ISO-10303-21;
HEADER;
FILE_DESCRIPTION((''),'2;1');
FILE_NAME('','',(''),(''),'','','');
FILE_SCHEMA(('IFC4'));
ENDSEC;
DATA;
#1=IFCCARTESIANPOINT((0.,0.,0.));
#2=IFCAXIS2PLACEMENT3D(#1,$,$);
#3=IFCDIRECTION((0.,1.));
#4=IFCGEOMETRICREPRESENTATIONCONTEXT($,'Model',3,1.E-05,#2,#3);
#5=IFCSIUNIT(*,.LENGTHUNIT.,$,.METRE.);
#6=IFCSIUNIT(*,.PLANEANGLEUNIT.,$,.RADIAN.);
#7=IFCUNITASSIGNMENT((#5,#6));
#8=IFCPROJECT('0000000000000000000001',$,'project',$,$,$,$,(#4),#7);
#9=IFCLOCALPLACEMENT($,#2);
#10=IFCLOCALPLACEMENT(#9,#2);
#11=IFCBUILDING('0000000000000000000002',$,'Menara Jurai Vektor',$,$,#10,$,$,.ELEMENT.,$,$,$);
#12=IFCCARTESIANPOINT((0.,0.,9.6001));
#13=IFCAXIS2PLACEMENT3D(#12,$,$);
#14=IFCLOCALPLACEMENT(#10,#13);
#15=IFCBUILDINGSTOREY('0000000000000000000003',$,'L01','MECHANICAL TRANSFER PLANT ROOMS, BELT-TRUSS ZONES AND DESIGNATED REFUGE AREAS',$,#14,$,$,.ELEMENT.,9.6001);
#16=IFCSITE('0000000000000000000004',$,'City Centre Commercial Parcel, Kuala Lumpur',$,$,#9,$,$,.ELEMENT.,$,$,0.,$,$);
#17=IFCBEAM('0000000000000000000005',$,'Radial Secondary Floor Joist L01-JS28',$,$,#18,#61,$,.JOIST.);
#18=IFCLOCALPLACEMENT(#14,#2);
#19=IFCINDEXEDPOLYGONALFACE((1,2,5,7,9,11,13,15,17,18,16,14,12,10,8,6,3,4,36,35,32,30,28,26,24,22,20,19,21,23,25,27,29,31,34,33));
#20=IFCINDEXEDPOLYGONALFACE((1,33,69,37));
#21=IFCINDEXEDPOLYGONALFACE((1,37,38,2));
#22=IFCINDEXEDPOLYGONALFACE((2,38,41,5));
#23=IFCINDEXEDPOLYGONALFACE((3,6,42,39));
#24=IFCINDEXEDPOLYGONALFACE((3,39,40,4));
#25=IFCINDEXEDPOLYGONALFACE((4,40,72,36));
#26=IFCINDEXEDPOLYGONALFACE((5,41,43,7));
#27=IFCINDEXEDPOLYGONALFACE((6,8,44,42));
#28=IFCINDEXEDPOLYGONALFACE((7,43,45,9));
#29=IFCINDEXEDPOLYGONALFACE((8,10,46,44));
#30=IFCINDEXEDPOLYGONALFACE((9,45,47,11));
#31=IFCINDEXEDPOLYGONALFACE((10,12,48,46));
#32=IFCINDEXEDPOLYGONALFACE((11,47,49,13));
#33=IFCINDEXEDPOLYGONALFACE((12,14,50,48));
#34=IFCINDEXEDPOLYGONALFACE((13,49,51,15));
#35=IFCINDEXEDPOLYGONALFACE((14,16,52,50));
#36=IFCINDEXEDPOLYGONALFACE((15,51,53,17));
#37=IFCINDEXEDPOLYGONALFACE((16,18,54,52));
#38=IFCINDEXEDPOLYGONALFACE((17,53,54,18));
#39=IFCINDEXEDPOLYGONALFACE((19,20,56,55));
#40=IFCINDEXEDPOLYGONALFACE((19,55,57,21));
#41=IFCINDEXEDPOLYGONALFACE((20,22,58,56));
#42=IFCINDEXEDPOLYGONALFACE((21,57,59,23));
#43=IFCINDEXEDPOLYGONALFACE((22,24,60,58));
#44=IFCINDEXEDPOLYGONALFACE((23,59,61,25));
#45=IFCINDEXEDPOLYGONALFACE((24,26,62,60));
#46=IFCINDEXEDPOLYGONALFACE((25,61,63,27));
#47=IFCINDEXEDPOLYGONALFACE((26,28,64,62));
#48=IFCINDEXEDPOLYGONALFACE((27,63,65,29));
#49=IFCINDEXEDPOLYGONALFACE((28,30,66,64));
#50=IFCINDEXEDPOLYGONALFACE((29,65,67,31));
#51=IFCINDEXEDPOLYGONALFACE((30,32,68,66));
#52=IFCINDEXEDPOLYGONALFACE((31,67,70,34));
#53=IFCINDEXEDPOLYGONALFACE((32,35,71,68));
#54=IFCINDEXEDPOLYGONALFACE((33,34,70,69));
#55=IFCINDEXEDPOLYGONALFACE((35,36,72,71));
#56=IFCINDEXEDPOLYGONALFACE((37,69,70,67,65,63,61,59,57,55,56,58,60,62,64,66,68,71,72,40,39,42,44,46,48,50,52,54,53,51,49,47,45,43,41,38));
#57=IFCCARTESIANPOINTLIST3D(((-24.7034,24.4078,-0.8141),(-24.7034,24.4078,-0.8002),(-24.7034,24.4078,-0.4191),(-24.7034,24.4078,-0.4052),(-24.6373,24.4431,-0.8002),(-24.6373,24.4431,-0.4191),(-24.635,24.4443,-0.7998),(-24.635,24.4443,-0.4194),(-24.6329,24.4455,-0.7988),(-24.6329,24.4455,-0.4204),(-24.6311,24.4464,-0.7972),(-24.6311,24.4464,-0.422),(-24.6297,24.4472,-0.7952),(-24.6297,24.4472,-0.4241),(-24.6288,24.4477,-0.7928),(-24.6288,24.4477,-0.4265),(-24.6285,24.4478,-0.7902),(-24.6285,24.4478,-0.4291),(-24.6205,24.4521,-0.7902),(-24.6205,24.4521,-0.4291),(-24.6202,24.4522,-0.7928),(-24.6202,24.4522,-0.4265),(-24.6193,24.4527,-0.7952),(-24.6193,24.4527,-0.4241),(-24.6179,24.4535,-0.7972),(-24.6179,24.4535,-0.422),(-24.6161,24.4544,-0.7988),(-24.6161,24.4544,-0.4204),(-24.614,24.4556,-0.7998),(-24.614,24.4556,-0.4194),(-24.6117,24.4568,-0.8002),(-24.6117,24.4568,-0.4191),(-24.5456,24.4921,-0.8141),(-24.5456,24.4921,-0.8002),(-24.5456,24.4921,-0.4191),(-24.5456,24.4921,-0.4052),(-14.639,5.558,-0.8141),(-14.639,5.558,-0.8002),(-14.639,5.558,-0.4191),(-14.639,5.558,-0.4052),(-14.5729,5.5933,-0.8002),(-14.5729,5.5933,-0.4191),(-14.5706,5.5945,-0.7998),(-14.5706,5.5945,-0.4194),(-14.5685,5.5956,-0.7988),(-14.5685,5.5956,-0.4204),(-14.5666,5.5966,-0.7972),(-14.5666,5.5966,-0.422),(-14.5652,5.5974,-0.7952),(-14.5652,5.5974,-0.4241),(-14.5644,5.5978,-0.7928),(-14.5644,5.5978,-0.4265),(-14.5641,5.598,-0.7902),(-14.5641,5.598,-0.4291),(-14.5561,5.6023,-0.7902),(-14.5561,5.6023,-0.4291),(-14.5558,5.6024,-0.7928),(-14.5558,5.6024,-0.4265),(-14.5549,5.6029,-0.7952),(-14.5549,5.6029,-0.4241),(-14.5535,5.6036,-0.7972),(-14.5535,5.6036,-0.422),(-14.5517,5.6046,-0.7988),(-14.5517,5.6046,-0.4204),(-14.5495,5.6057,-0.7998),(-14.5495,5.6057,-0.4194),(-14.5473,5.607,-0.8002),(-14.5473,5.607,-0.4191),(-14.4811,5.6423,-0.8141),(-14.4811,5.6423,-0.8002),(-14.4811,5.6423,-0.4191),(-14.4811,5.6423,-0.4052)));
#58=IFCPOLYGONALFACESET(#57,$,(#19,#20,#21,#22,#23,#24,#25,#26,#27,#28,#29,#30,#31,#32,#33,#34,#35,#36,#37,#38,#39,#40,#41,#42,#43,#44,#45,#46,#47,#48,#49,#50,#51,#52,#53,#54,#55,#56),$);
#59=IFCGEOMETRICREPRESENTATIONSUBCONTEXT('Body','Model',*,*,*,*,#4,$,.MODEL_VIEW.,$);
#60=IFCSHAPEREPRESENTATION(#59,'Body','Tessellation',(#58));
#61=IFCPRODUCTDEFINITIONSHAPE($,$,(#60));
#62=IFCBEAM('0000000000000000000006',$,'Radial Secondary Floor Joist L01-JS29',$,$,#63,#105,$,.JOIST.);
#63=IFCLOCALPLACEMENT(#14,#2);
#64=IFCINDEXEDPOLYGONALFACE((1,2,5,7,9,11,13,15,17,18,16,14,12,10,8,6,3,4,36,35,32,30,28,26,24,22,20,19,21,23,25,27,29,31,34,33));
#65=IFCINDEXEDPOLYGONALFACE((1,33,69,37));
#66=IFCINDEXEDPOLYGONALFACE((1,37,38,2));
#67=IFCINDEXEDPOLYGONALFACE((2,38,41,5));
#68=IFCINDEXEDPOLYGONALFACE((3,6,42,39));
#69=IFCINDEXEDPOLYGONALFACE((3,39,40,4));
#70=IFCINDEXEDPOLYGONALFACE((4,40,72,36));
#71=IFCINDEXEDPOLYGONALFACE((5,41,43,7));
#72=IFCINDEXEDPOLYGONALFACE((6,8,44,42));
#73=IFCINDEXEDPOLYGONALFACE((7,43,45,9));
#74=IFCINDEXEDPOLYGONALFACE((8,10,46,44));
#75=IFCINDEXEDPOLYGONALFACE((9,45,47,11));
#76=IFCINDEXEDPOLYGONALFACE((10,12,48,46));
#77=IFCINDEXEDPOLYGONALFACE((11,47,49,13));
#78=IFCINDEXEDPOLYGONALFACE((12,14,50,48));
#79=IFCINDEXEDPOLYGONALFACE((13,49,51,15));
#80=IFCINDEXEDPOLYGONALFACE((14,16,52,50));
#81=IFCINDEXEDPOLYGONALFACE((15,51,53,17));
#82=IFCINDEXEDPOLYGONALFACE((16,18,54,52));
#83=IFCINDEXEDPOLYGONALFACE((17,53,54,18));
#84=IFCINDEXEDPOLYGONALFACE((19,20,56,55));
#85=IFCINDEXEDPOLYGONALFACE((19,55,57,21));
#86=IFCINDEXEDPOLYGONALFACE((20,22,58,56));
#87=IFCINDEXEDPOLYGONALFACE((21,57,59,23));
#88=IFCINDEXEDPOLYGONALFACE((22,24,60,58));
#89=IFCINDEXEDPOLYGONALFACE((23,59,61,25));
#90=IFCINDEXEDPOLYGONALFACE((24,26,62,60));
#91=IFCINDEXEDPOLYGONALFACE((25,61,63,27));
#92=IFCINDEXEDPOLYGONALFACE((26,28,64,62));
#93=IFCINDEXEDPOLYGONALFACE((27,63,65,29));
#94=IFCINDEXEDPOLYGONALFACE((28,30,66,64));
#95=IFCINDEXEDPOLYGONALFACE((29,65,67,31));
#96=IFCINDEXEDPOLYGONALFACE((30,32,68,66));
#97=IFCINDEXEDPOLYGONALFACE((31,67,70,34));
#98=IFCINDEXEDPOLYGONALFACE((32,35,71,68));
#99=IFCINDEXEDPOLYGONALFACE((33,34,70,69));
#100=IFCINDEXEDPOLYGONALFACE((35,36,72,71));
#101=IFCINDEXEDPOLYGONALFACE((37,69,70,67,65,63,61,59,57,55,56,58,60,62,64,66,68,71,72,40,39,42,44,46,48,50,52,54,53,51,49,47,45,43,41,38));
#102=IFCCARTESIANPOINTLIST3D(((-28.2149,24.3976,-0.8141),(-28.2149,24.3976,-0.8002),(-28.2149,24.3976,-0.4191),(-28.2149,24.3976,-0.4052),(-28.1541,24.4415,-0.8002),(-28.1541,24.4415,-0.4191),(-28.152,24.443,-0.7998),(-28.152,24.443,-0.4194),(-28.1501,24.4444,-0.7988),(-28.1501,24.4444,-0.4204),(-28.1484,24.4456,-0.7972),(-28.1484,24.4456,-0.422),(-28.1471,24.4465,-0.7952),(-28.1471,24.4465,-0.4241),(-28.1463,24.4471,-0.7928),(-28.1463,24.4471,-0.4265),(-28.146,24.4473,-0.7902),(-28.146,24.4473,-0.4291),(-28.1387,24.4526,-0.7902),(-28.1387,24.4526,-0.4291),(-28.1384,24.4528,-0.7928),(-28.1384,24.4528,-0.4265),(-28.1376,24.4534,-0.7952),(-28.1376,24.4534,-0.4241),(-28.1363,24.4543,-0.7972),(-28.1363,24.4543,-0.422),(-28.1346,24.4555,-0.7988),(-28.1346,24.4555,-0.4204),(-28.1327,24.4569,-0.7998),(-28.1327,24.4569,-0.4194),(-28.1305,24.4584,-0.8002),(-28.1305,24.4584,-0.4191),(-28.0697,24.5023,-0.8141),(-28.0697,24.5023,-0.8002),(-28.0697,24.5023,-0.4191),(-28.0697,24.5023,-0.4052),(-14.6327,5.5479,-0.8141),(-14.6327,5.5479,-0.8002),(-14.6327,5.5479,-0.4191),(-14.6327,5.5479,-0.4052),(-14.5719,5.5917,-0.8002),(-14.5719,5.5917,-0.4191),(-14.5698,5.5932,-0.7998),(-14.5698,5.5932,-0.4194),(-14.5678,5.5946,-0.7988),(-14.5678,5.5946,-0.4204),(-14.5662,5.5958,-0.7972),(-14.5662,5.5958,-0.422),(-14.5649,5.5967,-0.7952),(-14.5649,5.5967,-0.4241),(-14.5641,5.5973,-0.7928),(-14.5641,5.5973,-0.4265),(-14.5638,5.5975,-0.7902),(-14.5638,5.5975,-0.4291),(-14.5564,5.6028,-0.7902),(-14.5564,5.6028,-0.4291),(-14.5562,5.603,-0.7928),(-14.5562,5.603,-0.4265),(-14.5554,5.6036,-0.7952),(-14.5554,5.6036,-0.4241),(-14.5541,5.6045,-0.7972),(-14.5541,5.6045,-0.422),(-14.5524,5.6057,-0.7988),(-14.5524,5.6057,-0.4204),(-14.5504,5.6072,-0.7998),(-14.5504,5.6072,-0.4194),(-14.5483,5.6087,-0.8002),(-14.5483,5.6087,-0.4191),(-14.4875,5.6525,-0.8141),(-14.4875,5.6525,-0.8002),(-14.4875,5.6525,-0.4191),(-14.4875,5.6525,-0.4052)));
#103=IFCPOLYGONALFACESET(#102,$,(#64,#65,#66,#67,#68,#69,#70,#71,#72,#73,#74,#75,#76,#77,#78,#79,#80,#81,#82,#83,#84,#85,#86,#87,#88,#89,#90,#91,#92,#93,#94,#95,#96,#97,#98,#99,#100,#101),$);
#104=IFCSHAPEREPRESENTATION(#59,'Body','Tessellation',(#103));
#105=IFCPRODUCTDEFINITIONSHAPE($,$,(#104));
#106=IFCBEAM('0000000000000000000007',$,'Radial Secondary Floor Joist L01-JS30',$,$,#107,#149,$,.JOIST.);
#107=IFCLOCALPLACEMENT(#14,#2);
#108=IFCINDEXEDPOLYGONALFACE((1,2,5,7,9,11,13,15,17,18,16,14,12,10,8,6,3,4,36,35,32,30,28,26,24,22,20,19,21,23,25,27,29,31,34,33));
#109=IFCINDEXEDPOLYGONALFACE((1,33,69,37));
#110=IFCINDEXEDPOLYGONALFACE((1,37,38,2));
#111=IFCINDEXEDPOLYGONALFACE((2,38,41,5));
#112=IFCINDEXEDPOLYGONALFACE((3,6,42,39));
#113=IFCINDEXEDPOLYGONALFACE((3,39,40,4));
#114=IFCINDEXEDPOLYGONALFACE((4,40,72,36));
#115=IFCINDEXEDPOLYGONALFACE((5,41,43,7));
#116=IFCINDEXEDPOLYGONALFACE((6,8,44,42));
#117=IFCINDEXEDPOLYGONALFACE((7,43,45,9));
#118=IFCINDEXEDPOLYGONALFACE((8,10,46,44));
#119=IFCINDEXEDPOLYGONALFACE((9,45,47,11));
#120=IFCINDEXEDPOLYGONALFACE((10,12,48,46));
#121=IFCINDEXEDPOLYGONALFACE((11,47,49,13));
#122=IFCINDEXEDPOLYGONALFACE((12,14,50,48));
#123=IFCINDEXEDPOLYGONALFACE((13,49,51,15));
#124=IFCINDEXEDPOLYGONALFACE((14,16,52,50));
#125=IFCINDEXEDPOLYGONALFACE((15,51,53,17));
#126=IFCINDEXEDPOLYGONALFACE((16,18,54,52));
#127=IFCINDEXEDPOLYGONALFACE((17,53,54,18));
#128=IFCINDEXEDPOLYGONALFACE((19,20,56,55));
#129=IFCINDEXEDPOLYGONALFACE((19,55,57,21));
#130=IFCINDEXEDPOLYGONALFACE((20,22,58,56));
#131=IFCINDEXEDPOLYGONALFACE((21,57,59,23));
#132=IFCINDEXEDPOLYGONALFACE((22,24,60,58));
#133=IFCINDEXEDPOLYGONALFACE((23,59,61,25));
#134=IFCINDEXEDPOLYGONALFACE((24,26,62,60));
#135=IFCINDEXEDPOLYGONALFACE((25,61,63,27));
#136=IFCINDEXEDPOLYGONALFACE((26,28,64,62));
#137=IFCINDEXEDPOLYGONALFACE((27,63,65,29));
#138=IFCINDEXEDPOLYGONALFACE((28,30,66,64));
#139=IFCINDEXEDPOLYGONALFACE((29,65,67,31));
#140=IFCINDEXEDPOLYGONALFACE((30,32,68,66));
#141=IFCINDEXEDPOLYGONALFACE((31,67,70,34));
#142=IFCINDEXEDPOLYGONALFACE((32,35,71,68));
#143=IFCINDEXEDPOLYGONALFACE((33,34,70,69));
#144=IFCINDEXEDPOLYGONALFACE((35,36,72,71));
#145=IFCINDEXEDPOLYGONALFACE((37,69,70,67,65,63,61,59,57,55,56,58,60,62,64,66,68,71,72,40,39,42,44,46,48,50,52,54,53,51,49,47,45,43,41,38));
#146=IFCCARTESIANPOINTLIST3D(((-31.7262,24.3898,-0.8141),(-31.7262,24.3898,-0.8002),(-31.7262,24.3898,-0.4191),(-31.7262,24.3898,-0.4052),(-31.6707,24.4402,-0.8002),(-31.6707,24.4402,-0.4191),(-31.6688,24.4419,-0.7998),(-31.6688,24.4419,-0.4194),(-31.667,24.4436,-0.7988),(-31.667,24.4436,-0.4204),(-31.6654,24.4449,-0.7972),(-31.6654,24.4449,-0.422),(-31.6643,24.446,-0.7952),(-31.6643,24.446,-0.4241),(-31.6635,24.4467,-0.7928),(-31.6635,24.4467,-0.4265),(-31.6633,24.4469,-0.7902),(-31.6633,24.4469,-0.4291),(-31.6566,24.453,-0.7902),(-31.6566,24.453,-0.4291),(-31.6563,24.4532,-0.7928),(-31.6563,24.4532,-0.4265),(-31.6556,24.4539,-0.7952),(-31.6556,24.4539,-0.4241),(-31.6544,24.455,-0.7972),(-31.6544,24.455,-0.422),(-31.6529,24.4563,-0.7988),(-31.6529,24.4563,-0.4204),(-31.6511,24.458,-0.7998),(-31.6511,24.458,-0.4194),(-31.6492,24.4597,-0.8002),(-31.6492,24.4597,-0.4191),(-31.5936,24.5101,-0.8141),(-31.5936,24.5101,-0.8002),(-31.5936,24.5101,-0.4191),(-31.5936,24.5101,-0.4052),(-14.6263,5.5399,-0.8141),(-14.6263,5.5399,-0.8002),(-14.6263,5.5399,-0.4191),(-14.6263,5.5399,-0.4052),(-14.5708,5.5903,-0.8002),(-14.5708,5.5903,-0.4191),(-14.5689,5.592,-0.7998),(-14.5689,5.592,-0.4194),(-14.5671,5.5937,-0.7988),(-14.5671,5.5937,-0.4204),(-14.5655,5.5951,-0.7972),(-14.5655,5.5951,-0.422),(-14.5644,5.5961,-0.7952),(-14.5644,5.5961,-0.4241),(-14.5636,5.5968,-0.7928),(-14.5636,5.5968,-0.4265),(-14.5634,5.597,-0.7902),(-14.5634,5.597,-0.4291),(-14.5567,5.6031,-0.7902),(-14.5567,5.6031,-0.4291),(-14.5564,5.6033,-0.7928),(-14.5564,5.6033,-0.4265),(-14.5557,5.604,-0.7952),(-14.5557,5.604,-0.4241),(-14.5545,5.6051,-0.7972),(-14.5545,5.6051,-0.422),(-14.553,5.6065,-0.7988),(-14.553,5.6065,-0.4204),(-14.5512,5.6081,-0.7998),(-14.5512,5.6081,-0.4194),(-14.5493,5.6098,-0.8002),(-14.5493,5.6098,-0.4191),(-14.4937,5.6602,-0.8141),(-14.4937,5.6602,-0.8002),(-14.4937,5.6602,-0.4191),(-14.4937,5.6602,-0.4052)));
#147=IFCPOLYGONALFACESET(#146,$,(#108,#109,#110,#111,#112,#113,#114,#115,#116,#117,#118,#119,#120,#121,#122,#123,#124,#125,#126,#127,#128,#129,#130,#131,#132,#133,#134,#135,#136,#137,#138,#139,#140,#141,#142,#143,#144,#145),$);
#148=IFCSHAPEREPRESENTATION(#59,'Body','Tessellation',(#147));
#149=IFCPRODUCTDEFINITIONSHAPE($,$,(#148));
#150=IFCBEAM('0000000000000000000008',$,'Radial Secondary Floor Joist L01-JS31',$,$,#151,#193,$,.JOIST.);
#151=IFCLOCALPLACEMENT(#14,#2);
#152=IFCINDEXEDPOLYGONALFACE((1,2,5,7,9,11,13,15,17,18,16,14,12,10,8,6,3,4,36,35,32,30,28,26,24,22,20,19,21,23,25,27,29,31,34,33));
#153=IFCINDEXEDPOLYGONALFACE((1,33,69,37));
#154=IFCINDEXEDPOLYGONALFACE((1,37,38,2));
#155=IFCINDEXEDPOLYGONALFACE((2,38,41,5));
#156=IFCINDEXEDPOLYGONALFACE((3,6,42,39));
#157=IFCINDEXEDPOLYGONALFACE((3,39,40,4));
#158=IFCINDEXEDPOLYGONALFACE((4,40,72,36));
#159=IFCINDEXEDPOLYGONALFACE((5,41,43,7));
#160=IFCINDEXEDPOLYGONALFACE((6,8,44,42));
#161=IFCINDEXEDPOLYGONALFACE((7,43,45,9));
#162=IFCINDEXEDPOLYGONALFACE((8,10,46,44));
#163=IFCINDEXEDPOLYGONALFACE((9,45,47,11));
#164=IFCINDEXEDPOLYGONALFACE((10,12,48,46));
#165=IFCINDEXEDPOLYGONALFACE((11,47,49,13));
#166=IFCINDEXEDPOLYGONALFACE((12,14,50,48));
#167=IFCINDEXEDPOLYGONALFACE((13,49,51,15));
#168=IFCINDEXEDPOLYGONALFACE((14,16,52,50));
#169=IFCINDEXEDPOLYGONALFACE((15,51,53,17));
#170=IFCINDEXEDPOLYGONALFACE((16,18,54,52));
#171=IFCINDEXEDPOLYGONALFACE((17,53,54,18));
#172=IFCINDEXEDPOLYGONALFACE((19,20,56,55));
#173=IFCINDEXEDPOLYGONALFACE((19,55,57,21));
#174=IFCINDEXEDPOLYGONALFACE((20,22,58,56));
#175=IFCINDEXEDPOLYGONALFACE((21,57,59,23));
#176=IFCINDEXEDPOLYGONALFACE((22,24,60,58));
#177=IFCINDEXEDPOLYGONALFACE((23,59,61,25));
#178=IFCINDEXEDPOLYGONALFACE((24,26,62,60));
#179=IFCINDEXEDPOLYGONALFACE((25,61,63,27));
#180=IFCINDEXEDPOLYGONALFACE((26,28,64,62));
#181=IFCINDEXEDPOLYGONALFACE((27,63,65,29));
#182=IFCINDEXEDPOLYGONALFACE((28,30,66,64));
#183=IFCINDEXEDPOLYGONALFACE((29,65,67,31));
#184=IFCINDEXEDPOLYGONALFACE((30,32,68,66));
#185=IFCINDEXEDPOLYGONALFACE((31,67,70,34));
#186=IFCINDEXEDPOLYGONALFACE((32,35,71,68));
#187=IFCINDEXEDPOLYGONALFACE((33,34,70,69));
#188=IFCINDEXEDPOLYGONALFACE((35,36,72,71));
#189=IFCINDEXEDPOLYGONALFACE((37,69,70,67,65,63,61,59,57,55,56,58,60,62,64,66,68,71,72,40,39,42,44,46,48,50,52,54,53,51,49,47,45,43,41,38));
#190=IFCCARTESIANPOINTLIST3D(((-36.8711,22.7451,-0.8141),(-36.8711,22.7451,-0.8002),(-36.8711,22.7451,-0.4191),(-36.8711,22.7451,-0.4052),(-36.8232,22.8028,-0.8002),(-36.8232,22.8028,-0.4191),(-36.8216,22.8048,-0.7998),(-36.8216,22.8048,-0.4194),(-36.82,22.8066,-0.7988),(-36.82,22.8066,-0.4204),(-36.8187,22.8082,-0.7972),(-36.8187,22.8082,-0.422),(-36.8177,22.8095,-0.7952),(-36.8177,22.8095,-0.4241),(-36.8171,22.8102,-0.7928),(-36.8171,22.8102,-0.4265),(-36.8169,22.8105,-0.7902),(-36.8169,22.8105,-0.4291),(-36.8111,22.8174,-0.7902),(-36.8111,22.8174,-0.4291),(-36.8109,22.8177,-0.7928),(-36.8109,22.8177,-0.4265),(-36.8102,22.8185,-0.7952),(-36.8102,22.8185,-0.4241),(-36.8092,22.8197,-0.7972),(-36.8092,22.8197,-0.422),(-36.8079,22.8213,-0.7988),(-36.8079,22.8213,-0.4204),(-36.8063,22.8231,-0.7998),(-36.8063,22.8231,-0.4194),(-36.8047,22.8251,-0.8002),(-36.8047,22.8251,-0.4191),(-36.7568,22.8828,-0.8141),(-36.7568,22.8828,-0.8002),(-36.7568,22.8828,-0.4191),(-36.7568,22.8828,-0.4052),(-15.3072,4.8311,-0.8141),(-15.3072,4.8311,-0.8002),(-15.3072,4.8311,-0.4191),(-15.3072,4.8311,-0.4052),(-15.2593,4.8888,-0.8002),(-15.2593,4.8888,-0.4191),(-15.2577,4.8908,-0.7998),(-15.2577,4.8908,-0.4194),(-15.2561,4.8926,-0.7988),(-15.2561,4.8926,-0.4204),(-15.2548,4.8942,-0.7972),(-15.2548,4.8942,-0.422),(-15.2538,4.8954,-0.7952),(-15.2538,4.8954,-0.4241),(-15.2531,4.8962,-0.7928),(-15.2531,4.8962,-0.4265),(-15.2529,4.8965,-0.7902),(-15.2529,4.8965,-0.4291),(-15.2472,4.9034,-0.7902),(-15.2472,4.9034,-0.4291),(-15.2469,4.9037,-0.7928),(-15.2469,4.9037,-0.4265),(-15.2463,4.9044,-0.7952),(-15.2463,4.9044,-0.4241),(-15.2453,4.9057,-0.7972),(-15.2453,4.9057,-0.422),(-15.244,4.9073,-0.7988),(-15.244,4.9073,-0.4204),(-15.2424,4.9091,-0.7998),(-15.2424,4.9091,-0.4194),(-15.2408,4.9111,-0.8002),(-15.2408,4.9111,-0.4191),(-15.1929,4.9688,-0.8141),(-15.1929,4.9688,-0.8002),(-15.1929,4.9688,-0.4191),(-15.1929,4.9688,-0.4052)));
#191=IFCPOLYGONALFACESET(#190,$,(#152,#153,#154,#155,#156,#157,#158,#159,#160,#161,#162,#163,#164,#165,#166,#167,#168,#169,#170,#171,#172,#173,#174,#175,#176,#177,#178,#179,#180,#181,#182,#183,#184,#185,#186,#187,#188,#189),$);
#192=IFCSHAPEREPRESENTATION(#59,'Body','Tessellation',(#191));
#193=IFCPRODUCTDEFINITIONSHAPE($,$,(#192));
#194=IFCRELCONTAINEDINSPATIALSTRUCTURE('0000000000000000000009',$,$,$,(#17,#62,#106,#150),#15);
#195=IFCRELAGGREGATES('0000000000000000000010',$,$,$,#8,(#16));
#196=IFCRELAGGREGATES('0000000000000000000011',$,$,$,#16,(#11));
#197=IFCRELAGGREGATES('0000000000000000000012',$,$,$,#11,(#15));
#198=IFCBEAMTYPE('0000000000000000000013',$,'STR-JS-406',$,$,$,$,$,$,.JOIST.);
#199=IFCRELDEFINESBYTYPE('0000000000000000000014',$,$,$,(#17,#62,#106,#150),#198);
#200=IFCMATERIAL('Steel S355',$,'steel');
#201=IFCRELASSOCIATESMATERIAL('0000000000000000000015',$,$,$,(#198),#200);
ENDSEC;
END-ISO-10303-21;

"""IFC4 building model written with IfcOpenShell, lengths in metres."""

from ifc_helpers import new_model, si_unit, direction, frame, origin, origin_2d, place, context, subcontext, project, spatial, i_section, extrude, material, material_profile, profile_set, type_object, element, save


model = new_model("IFC4")

# Units and contexts
model_context = context("Model", 3, precision=1e-05, world=origin(), true_north=direction((0.0, 1.0)))
body_context = subcontext(model_context, "Body", "Model", "MODEL_VIEW")
ifc_project = project(units=[si_unit("LENGTHUNIT", "METRE"), si_unit("PLANEANGLEUNIT", "RADIAN")], contexts=[model_context])

# Site, building, storey
site_placement = place(None, origin())
site = spatial("IfcSite", under=ifc_project, at=site_placement, Name="City Centre Commercial Parcel, Kuala Lumpur", CompositionType="ELEMENT", RefElevation=0.0)
building_placement = place(site_placement, origin())
building = spatial("IfcBuilding", under=site, at=building_placement, Name="Menara Jurai Vektor", CompositionType="ELEMENT")
storey_placement = place(building_placement, frame((0.0, 0.0, 9.6001)))
storey = spatial("IfcBuildingStorey", under=building, at=storey_placement, Name="L01", Description="MECHANICAL TRANSFER PLANT ROOMS, BELT-TRUSS ZONES AND DESIGNATED REFUGE AREAS", CompositionType="ELEMENT", Elevation=9.6001)

# Beams
ifc_material_1 = material(Name="Steel S355", Category="steel")
ifc_material_profile_1 = material_profile(ifc_material_1, i_section(OverallWidth=0.179, OverallDepth=0.4089, WebThickness=0.009, FlangeThickness=0.0139, FilletRadius=0.01, at=origin_2d()), Name="UKB 406x178x67")
ifc_profile_set_1 = profile_set([ifc_material_profile_1], Name="Steel S355")
beam_type_1 = type_object("IfcBeamType", Name="STR-JS-406", PredefinedType="JOIST", material=ifc_profile_set_1)
beam_1_placement = place(storey_placement, frame((-24.6245, 24.45, -0.6096), z_axis=(0.470996, -0.882135, 0.0), x_axis=(0.882135, 0.470996, 0.0)))
element("IfcBeam", 1, at=beam_1_placement, inside=storey, type_object=beam_type_1, Name="Radial Secondary Floor Joist L01-JS28", PredefinedType="JOIST", context=body_context, shape_type="SweptSolid", body=[
    extrude(i_section(OverallWidth=0.179, OverallDepth=0.4089, WebThickness=0.009, FlangeThickness=0.0139, FilletRadius=0.01, at=origin_2d()), origin(), (0.0, 0.0, 1.0), 21.3684),
])
beam_2_placement = place(storey_placement, frame((-28.1423, 24.45, -0.6096), z_axis=(0.584599, -0.811322, 0.0), x_axis=(0.811322, 0.584599, 0.0)))
element("IfcBeam", 2, at=beam_2_placement, inside=storey, type_object=beam_type_1, Name="Radial Secondary Floor Joist L01-JS29", PredefinedType="JOIST", context=body_context, shape_type="SweptSolid", body=[
    extrude(i_section(OverallWidth=0.179, OverallDepth=0.4089, WebThickness=0.009, FlangeThickness=0.0139, FilletRadius=0.01, at=origin_2d()), origin(), (0.0, 0.0, 1.0), 23.2334),
])
beam_3_placement = place(storey_placement, frame((-31.6599, 24.45, -0.6096), z_axis=(0.67189, -0.740651, 0.0), x_axis=(0.740651, 0.67189, 0.0)))
element("IfcBeam", 3, at=beam_3_placement, inside=storey, type_object=beam_type_1, Name="Radial Secondary Floor Joist L01-JS30", PredefinedType="JOIST", context=body_context, shape_type="SweptSolid", body=[
    extrude(i_section(OverallWidth=0.179, OverallDepth=0.4089, WebThickness=0.009, FlangeThickness=0.0139, FilletRadius=0.01, at=origin_2d()), origin(), (0.0, 0.0, 1.0), 25.4504),
])
beam_4_placement = place(storey_placement, frame((-36.814, 22.814, -0.6096), z_axis=(0.769201, -0.639007, 0.0), x_axis=(0.639007, 0.769201, 0.0)))
element("IfcBeam", 4, at=beam_4_placement, inside=storey, type_object=beam_type_1, Name="Radial Secondary Floor Joist L01-JS31", PredefinedType="JOIST", context=body_context, shape_type="SweptSolid", body=[
    extrude(i_section(OverallWidth=0.179, OverallDepth=0.4089, WebThickness=0.009, FlangeThickness=0.0139, FilletRadius=0.01, at=origin_2d()), origin(), (0.0, 0.0, 1.0), 28.0342),
])

save(model, "model.ifc")
